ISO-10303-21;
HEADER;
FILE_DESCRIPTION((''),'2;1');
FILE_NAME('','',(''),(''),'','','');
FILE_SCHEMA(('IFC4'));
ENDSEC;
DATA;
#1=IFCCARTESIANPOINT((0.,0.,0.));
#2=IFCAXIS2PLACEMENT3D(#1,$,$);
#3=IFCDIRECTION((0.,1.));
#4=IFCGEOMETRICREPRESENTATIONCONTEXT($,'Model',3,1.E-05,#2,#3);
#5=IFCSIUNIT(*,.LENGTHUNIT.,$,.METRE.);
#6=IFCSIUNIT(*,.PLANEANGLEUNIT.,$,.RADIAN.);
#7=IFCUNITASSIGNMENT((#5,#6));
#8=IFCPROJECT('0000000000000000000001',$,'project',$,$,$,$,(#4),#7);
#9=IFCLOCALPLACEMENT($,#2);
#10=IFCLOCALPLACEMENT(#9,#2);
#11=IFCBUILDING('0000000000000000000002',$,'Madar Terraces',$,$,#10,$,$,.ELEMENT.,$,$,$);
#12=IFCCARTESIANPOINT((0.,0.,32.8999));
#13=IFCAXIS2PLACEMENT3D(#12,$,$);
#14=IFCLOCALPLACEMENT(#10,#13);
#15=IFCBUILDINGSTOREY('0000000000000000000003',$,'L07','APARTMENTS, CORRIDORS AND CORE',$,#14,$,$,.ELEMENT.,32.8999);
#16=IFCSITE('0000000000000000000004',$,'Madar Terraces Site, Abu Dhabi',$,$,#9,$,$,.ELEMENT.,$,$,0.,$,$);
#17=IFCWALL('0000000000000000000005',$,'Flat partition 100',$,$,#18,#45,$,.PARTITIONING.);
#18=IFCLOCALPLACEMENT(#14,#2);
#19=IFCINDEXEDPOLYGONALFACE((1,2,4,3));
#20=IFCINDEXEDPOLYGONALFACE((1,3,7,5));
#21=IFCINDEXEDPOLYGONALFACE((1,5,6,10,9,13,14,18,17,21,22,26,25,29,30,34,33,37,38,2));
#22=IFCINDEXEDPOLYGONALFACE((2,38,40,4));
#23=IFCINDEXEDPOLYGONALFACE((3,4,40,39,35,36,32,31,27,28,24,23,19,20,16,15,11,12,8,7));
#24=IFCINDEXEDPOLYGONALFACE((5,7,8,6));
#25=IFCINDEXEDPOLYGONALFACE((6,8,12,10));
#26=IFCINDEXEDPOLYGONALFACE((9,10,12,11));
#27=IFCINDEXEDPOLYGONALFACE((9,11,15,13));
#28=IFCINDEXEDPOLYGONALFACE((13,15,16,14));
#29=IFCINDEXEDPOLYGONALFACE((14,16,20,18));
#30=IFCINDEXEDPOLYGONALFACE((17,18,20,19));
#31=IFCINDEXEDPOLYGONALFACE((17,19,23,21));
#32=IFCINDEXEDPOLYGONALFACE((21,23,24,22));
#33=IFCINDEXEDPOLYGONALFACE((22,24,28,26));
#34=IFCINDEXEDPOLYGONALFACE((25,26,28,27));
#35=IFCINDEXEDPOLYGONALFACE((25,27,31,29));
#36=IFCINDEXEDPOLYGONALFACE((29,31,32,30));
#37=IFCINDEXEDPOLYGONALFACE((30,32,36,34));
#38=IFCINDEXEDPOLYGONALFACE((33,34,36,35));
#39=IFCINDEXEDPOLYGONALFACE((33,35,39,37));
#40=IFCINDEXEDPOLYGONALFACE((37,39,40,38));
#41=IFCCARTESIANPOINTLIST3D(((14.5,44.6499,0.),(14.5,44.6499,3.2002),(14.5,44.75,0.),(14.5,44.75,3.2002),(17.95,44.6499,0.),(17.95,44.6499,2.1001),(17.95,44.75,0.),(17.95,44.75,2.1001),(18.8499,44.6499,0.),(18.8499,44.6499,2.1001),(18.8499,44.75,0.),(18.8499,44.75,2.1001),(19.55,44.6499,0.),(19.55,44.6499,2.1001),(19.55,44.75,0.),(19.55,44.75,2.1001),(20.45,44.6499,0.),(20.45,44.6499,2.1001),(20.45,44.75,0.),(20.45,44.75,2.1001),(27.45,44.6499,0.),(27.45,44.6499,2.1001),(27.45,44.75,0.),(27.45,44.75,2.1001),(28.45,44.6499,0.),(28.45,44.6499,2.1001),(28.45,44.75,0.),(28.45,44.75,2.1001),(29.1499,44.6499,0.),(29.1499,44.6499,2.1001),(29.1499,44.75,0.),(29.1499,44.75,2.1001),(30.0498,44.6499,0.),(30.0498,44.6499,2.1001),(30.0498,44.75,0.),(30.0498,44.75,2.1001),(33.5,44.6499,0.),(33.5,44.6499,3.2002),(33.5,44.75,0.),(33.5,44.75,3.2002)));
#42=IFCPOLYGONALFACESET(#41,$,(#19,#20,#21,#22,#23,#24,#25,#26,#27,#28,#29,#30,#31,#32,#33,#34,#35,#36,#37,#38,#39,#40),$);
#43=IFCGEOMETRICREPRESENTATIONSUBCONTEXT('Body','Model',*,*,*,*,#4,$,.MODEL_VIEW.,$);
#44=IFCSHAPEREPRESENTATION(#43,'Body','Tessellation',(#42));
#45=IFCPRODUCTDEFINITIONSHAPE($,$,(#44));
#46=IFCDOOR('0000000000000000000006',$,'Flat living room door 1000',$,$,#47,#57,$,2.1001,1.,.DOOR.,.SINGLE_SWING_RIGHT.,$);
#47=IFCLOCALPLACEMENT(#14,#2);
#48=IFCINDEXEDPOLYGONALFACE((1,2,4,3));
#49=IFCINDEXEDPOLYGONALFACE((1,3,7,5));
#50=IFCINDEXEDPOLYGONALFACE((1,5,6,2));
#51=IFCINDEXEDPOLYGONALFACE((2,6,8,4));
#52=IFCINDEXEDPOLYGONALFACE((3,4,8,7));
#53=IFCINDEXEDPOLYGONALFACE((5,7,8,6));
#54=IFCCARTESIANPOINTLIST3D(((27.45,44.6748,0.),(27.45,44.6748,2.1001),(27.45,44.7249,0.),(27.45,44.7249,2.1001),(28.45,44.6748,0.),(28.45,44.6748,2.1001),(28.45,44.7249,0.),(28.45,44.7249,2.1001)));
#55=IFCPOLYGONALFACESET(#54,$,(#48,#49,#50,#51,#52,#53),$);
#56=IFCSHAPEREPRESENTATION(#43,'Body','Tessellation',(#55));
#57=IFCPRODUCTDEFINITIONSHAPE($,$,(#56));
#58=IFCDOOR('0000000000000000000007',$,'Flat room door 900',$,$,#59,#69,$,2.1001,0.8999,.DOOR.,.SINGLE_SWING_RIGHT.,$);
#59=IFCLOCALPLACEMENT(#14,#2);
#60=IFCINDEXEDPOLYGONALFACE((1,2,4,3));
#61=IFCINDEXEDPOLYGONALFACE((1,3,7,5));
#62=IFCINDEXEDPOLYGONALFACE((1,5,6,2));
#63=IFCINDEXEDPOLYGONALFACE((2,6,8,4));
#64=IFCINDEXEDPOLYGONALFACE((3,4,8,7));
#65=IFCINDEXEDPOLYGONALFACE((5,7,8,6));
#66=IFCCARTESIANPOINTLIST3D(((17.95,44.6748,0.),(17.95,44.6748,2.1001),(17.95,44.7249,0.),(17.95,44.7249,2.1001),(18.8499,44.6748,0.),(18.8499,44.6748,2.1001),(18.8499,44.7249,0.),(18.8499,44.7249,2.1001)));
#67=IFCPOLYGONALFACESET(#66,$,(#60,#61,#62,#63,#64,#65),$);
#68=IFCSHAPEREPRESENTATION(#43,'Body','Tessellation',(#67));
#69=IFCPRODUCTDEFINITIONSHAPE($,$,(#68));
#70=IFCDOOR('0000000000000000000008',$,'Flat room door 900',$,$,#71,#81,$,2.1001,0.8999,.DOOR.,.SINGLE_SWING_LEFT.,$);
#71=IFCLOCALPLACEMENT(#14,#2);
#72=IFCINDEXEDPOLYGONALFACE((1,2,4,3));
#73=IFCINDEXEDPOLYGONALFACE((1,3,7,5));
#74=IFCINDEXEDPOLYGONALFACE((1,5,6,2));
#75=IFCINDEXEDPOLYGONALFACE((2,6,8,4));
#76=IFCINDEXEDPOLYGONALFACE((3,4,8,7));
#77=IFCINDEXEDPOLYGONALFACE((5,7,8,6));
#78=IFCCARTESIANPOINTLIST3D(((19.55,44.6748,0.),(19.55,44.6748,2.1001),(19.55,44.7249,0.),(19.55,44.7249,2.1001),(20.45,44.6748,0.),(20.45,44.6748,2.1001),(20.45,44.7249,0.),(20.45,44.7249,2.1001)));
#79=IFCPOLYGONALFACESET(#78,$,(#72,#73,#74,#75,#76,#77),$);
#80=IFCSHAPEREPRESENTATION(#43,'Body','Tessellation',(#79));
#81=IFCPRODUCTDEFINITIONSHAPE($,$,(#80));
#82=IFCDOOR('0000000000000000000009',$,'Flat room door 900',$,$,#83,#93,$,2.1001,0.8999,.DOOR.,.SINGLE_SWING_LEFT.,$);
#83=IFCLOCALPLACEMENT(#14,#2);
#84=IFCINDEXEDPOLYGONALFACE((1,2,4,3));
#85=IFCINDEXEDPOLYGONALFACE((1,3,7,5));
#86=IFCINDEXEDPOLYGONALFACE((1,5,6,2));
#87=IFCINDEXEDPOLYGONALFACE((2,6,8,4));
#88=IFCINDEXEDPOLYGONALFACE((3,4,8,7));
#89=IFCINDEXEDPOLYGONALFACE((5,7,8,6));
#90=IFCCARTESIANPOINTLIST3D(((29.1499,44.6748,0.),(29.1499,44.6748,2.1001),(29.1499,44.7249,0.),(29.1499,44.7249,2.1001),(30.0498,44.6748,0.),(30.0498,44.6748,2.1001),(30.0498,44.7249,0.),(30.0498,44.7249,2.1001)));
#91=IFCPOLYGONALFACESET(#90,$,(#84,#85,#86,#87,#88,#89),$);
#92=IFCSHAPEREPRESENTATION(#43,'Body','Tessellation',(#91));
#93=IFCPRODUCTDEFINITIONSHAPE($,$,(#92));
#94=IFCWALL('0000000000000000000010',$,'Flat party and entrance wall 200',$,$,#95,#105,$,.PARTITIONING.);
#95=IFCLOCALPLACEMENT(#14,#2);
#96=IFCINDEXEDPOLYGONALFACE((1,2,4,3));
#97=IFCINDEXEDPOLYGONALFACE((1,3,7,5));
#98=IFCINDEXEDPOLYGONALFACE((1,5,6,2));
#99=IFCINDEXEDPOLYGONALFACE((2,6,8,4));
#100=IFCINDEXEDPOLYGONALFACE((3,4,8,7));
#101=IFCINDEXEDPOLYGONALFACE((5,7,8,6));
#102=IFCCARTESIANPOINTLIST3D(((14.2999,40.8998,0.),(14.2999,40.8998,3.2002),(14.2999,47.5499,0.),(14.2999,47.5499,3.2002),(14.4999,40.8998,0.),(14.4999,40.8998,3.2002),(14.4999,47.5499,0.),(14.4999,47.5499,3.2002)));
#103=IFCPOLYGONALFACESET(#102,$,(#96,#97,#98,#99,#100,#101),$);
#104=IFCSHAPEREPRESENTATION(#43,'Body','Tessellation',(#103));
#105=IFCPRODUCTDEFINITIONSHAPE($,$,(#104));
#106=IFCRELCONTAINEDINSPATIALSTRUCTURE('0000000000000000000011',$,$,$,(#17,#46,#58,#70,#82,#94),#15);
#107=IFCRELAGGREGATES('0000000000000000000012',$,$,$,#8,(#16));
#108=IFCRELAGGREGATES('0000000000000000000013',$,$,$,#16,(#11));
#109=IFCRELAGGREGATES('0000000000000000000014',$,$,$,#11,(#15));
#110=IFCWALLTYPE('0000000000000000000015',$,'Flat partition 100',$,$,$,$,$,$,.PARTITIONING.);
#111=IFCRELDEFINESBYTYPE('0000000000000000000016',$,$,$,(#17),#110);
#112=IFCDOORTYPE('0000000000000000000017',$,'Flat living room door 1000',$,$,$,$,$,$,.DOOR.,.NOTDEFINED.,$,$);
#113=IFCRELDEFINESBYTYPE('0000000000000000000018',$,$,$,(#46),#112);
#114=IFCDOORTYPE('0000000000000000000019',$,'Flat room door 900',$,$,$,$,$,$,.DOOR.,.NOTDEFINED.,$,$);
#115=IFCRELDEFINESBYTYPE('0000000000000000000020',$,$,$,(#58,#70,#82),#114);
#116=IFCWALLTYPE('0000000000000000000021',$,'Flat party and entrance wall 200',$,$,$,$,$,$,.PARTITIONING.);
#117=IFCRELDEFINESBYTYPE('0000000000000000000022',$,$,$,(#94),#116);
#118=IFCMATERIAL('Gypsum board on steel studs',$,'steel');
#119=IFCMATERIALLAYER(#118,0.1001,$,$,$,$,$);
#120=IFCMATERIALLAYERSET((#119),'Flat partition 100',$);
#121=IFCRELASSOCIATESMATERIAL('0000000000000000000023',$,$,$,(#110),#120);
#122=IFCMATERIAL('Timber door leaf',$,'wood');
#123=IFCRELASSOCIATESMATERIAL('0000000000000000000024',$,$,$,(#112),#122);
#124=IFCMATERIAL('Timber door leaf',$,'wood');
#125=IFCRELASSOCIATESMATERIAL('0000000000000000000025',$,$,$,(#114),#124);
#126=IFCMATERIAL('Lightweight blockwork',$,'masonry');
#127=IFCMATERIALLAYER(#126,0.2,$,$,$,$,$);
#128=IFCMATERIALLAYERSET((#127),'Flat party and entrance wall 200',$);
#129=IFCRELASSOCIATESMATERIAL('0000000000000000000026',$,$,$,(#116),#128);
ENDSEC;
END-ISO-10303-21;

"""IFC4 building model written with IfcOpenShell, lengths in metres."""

from ifc_helpers import new_model, si_unit, direction, frame, frame_2d, origin, place, context, subcontext, project, spatial, rectangle, extrude, material, layer, layer_set, type_object, element, fill, save


model = new_model("IFC4")

# Units and contexts
model_context = context("Model", 3, precision=1e-05, world=origin(), true_north=direction((0.0, 1.0)))
body_context = subcontext(model_context, "Body", "Model", "MODEL_VIEW")
ifc_project = project(units=[si_unit("LENGTHUNIT", "METRE"), si_unit("PLANEANGLEUNIT", "RADIAN")], contexts=[model_context])

# Site, building, storey
site_placement = place(None, origin())
site = spatial("IfcSite", under=ifc_project, at=site_placement, Name="Madar Terraces Site, Abu Dhabi", CompositionType="ELEMENT", RefElevation=0.0)
building_placement = place(site_placement, origin())
building = spatial("IfcBuilding", under=site, at=building_placement, Name="Madar Terraces", CompositionType="ELEMENT")
storey_placement = place(building_placement, frame((0.0, 0.0, 32.8999)))
storey = spatial("IfcBuildingStorey", under=building, at=storey_placement, Name="L07", Description="APARTMENTS, CORRIDORS AND CORE", CompositionType="ELEMENT", Elevation=32.8999)

# Wall, openings, doors
ifc_material_1 = material(Name="Gypsum board on steel studs", Category="steel")
ifc_layer_1 = layer(ifc_material_1, 0.1001)
ifc_layer_set_1 = layer_set([ifc_layer_1], Name="Flat partition 100")
wall_type_1 = type_object("IfcWallType", Name="Flat partition 100", PredefinedType="PARTITIONING", material=ifc_layer_set_1)
wall_1_placement = place(storey_placement, frame((14.5, 44.7, 0.0), z_axis=(0.0, 0.0, 1.0), x_axis=(1.0, 0.0, 0.0)))
wall_1 = element("IfcWall", 1, at=wall_1_placement, inside=storey, type_object=wall_type_1, Name="Flat partition 100", PredefinedType="PARTITIONING", context=body_context, shape_type="SweptSolid", body=[
    extrude(rectangle(XDim=19.0, YDim=0.1001, at=frame_2d((9.5, 0.0))), origin(), (0.0, 0.0, 1.0), 3.2002),
])
opening_1_placement = place(wall_1_placement, frame((3.45, 0.0, 0.0)))
opening_1 = element("IfcOpeningElement", 2, at=opening_1_placement, cuts=wall_1, PredefinedType="OPENING", context=body_context, shape_type="SweptSolid", body=[
    extrude(rectangle(XDim=0.8999, YDim=2.1001, at=frame_2d((0.45, 1.05))), frame((0.0, 0.0601, 0.0), z_axis=(0.0, -1.0, 0.0), x_axis=(1.0, 0.0, 0.0)), (0.0, 0.0, 1.0), 0.1201),
])
opening_2_placement = place(wall_1_placement, frame((5.05, 0.0, 0.0)))
opening_2 = element("IfcOpeningElement", 3, at=opening_2_placement, cuts=wall_1, PredefinedType="OPENING", context=body_context, shape_type="SweptSolid", body=[
    extrude(rectangle(XDim=0.8999, YDim=2.1001, at=frame_2d((0.45, 1.05))), frame((0.0, 0.0601, 0.0), z_axis=(0.0, -1.0, 0.0), x_axis=(1.0, 0.0, 0.0)), (0.0, 0.0, 1.0), 0.1201),
])
opening_3_placement = place(wall_1_placement, frame((12.95, 0.0, 0.0)))
opening_3 = element("IfcOpeningElement", 4, at=opening_3_placement, cuts=wall_1, PredefinedType="OPENING", context=body_context, shape_type="SweptSolid", body=[
    extrude(rectangle(XDim=1.0, YDim=2.1001, at=frame_2d((0.5, 1.05))), frame((0.0, 0.0601, 0.0), z_axis=(0.0, -1.0, 0.0), x_axis=(1.0, 0.0, 0.0)), (0.0, 0.0, 1.0), 0.1201),
])
opening_4_placement = place(wall_1_placement, frame((14.6499, 0.0, 0.0)))
opening_4 = element("IfcOpeningElement", 5, at=opening_4_placement, cuts=wall_1, PredefinedType="OPENING", context=body_context, shape_type="SweptSolid", body=[
    extrude(rectangle(XDim=0.8999, YDim=2.1001, at=frame_2d((0.45, 1.05))), frame((0.0, 0.0601, 0.0), z_axis=(0.0, -1.0, 0.0), x_axis=(1.0, 0.0, 0.0)), (0.0, 0.0, 1.0), 0.1201),
])
ifc_material_2 = material(Name="Timber door leaf", Category="wood")
door_type_1 = type_object("IfcDoorType", Name="Flat living room door 1000", OperationType="NOTDEFINED", PredefinedType="DOOR", material=ifc_material_2)
door_1_placement = place(opening_3_placement, origin())
door_1 = element("IfcDoor", 6, at=door_1_placement, inside=storey, type_object=door_type_1, Name="Flat living room door 1000", OperationType="SINGLE_SWING_RIGHT", OverallHeight=2.1001, OverallWidth=1.0, PredefinedType="DOOR", context=body_context, shape_type="SweptSolid", body=[
    extrude(rectangle(XDim=1.0, YDim=2.1001, at=frame_2d((0.5, 1.05))), frame((0.0, 0.0249, 0.0), z_axis=(0.0, -1.0, 0.0), x_axis=(1.0, 0.0, 0.0)), (0.0, 0.0, 1.0), 0.05),
])
fill(opening_3, door_1)
ifc_material_3 = material(Name="Timber door leaf", Category="wood")
door_type_2 = type_object("IfcDoorType", Name="Flat room door 900", OperationType="NOTDEFINED", PredefinedType="DOOR", material=ifc_material_3)
door_2_placement = place(opening_1_placement, origin())
door_2 = element("IfcDoor", 7, at=door_2_placement, inside=storey, type_object=door_type_2, Name="Flat room door 900", OperationType="SINGLE_SWING_RIGHT", OverallHeight=2.1001, OverallWidth=0.8999, PredefinedType="DOOR", context=body_context, shape_type="SweptSolid", body=[
    extrude(rectangle(XDim=0.8999, YDim=2.1001, at=frame_2d((0.45, 1.05))), frame((0.0, 0.0249, 0.0), z_axis=(0.0, -1.0, 0.0), x_axis=(1.0, 0.0, 0.0)), (0.0, 0.0, 1.0), 0.05),
])
fill(opening_1, door_2)
door_3_placement = place(opening_2_placement, origin())
door_3 = element("IfcDoor", 8, at=door_3_placement, inside=storey, type_object=door_type_2, Name="Flat room door 900", OperationType="SINGLE_SWING_LEFT", OverallHeight=2.1001, OverallWidth=0.8999, PredefinedType="DOOR", context=body_context, shape_type="SweptSolid", body=[
    extrude(rectangle(XDim=0.8999, YDim=2.1001, at=frame_2d((0.45, 1.05))), frame((0.0, 0.0249, 0.0), z_axis=(0.0, -1.0, 0.0), x_axis=(1.0, 0.0, 0.0)), (0.0, 0.0, 1.0), 0.05),
])
fill(opening_2, door_3)
door_4_placement = place(opening_4_placement, origin())
door_4 = element("IfcDoor", 9, at=door_4_placement, inside=storey, type_object=door_type_2, Name="Flat room door 900", OperationType="SINGLE_SWING_LEFT", OverallHeight=2.1001, OverallWidth=0.8999, PredefinedType="DOOR", context=body_context, shape_type="SweptSolid", body=[
    extrude(rectangle(XDim=0.8999, YDim=2.1001, at=frame_2d((0.45, 1.05))), frame((0.0, 0.0249, 0.0), z_axis=(0.0, -1.0, 0.0), x_axis=(1.0, 0.0, 0.0)), (0.0, 0.0, 1.0), 0.05),
])
fill(opening_4, door_4)

# Wall
ifc_material_4 = material(Name="Lightweight blockwork", Category="masonry")
ifc_layer_2 = layer(ifc_material_4, 0.2)
ifc_layer_set_2 = layer_set([ifc_layer_2], Name="Flat party and entrance wall 200")
wall_type_2 = type_object("IfcWallType", Name="Flat party and entrance wall 200", PredefinedType="PARTITIONING", material=ifc_layer_set_2)
wall_2_placement = place(storey_placement, frame((14.3999, 47.55, 0.0), z_axis=(0.0, 0.0, 1.0), x_axis=(0.0, -1.0, 0.0)))
element("IfcWall", 10, at=wall_2_placement, inside=storey, type_object=wall_type_2, Name="Flat party and entrance wall 200", PredefinedType="PARTITIONING", context=body_context, shape_type="SweptSolid", body=[
    extrude(rectangle(XDim=6.6501, YDim=0.2, at=frame_2d((3.3252, 0.0))), origin(), (0.0, 0.0, 1.0), 3.2002),
])

save(model, "model.ifc")
